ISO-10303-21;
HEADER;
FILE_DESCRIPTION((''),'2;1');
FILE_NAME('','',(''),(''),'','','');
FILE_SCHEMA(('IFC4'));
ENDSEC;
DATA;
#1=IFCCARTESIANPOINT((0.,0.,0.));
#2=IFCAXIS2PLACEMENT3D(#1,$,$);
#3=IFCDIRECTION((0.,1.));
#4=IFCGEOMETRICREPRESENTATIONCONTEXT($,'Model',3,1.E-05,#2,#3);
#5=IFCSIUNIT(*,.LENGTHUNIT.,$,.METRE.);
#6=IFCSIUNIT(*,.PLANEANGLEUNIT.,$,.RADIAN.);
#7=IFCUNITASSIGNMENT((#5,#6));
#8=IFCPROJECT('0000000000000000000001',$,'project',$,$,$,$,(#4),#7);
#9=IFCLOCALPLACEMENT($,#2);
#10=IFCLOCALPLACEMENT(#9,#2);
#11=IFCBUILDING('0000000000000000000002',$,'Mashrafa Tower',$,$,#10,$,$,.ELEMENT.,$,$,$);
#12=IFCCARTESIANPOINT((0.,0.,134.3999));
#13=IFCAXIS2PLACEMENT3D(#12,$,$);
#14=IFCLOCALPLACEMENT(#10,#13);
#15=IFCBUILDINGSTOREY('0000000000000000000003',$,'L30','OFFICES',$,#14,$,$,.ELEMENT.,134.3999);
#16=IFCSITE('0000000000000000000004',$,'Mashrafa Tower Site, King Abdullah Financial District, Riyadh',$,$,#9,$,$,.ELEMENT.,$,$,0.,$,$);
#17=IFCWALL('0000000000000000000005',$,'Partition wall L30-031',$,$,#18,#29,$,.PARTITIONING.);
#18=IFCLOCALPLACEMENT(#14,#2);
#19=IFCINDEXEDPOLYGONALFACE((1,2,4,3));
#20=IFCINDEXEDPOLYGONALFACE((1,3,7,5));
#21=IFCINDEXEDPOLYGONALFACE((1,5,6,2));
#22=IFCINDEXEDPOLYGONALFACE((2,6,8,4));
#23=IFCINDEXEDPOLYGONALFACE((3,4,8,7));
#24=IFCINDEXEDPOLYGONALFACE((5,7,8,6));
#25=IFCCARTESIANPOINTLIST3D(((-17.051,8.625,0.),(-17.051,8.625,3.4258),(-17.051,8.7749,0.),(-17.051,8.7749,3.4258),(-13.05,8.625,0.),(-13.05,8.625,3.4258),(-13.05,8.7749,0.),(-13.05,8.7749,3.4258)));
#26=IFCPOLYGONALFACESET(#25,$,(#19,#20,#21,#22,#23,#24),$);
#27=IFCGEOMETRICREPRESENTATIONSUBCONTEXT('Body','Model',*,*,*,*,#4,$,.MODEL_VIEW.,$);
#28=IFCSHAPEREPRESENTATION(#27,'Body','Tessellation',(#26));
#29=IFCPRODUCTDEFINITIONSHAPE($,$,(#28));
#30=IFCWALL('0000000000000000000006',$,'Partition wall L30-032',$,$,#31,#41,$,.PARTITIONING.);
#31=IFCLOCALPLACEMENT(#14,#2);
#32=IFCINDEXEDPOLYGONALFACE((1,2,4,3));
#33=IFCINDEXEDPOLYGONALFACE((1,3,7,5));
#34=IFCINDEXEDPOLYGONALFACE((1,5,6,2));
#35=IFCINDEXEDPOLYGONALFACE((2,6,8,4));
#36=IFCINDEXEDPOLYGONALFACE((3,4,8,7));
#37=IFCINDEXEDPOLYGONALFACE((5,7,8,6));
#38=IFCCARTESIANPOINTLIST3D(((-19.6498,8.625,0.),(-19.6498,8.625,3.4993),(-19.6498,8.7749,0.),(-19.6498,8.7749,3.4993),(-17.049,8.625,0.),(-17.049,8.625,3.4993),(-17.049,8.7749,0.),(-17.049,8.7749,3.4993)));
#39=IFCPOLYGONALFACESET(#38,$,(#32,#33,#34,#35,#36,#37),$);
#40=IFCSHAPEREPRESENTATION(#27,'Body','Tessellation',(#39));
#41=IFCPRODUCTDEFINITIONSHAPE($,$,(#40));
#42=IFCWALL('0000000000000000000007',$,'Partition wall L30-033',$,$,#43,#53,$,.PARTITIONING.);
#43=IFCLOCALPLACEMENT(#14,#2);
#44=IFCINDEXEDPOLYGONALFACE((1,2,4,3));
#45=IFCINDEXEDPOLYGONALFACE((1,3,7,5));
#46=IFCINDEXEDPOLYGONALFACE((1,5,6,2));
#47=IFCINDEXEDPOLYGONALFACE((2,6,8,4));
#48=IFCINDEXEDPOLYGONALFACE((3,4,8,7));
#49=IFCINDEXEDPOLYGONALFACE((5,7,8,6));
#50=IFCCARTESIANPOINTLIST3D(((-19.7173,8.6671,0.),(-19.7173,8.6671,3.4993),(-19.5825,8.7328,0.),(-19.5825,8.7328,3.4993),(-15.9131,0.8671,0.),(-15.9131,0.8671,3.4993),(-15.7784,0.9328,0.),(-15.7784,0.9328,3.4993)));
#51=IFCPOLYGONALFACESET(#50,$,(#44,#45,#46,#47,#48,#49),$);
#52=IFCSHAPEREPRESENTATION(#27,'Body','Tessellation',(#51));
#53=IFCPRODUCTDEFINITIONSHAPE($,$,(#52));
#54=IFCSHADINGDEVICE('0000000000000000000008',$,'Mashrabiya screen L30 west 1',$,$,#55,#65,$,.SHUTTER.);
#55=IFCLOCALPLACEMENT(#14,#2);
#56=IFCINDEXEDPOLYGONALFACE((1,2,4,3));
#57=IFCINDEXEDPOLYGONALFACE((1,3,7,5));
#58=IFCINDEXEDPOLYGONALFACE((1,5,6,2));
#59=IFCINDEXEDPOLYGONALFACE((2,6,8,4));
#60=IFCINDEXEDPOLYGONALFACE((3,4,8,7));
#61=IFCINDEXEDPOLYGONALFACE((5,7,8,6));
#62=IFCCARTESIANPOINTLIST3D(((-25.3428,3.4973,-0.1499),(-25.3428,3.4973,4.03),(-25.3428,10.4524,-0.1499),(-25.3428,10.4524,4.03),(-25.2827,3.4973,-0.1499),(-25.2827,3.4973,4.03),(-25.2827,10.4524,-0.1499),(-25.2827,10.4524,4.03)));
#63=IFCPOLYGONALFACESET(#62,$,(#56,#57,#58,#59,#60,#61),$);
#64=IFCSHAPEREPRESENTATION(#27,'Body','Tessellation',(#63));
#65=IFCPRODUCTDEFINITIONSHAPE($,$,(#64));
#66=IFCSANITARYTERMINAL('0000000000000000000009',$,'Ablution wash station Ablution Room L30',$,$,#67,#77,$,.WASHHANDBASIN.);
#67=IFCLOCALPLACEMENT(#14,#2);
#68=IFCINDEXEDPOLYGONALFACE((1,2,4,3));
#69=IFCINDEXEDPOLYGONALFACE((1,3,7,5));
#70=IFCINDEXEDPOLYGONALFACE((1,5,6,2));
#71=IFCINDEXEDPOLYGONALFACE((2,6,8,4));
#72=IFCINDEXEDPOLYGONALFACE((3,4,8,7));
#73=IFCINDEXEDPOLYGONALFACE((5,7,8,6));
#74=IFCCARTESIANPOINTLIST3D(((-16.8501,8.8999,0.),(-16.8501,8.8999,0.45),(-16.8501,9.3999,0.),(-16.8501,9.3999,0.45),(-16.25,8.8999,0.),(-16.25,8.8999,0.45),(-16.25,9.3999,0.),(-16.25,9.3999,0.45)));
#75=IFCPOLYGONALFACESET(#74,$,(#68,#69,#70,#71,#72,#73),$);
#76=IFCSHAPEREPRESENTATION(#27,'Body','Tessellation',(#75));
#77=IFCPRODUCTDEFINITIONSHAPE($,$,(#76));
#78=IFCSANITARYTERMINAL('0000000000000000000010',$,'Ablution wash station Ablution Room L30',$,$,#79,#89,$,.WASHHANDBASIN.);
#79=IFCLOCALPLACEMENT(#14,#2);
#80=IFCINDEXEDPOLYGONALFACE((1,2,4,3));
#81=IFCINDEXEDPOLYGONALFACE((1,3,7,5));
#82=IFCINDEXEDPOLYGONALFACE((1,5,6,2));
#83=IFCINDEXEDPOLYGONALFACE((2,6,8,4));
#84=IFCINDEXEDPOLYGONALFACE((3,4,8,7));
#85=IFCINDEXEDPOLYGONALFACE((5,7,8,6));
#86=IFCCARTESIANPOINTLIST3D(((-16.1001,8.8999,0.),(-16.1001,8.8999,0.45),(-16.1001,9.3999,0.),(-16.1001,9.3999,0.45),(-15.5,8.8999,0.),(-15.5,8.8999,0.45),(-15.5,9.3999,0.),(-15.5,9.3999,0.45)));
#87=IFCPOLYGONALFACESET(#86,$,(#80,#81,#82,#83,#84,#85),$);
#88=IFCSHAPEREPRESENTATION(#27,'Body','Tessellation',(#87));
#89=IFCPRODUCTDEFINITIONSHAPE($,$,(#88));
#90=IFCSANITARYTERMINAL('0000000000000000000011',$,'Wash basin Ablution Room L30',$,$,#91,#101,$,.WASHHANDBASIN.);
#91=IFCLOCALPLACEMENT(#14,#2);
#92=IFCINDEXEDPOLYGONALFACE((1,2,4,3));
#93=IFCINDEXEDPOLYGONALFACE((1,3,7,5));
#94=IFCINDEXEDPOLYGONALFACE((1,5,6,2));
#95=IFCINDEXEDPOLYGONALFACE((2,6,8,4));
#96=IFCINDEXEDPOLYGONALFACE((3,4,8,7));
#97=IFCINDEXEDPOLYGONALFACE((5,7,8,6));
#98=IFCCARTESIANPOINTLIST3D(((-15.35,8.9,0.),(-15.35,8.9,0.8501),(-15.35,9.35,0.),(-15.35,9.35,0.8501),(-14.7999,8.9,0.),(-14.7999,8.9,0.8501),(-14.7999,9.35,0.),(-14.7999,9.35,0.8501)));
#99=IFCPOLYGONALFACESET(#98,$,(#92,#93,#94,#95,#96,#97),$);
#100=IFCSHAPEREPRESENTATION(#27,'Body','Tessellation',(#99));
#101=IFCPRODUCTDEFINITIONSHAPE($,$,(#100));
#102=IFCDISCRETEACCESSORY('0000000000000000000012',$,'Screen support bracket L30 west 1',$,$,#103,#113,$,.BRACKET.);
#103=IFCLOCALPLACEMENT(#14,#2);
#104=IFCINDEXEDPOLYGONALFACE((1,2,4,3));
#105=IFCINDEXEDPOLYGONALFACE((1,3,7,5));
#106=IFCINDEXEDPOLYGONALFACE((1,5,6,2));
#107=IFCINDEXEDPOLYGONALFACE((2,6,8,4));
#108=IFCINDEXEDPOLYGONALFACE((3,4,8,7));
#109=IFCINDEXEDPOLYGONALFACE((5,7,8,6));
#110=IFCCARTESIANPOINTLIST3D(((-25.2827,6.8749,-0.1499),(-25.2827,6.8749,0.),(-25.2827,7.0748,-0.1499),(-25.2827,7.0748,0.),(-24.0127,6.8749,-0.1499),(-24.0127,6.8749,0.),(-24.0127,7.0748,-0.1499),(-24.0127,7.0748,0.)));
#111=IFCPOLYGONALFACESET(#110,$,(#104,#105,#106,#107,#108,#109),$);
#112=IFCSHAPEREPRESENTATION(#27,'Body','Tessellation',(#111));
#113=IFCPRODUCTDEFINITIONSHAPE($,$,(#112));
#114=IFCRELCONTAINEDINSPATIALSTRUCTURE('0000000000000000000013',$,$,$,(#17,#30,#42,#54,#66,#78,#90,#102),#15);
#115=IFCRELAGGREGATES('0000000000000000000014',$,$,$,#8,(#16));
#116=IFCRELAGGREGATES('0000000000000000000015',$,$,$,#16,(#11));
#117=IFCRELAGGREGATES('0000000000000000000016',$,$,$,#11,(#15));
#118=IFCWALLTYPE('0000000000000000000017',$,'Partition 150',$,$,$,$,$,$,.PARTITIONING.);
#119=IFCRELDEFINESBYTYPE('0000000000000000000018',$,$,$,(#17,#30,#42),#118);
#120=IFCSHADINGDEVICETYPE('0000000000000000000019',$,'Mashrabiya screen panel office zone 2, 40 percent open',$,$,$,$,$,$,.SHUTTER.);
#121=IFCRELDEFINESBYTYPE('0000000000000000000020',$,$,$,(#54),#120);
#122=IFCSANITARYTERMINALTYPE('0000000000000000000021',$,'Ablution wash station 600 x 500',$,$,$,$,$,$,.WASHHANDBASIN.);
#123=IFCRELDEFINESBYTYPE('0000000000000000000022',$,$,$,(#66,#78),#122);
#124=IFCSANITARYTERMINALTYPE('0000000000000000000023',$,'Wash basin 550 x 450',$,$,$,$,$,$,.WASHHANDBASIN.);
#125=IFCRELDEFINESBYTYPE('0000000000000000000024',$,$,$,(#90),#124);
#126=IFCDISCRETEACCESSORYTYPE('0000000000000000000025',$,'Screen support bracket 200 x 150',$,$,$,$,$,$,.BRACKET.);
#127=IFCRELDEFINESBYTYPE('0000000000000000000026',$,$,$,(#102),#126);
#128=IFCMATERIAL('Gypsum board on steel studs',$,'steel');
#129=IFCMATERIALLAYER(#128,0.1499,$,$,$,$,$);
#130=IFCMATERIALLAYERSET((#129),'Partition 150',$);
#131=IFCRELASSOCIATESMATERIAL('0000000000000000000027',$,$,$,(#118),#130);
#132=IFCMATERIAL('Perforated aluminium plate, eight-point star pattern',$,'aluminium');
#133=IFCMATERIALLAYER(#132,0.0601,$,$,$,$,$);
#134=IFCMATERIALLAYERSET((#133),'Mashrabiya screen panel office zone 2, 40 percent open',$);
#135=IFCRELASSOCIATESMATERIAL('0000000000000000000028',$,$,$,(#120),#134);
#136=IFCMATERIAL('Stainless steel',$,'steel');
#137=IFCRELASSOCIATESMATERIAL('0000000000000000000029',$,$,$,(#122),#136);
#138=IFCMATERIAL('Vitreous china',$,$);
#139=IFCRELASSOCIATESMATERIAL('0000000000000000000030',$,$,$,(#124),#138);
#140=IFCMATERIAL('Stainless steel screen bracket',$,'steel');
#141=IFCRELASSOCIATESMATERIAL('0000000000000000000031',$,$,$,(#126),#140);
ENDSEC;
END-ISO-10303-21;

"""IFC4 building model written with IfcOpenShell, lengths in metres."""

from ifc_helpers import new_model, si_unit, direction, frame, frame_2d, origin, origin_2d, place, context, subcontext, project, spatial, rectangle, extrude, source, transform, mapped, material, layer, layer_set, type_object, type_shapes, element, save


model = new_model("IFC4")

# Units and contexts
model_context = context("Model", 3, precision=1e-05, world=origin(), true_north=direction((0.0, 1.0)))
body_context = subcontext(model_context, "Body", "Model", "MODEL_VIEW")
ifc_project = project(units=[si_unit("LENGTHUNIT", "METRE"), si_unit("PLANEANGLEUNIT", "RADIAN")], contexts=[model_context])

# Site, building, storey
site_placement = place(None, origin())
site = spatial("IfcSite", under=ifc_project, at=site_placement, Name="Mashrafa Tower Site, King Abdullah Financial District, Riyadh", CompositionType="ELEMENT", RefElevation=0.0)
building_placement = place(site_placement, origin())
building = spatial("IfcBuilding", under=site, at=building_placement, Name="Mashrafa Tower", CompositionType="ELEMENT")
storey_placement = place(building_placement, frame((0.0, 0.0, 134.3999)))
storey = spatial("IfcBuildingStorey", under=building, at=storey_placement, Name="L30", Description="OFFICES", CompositionType="ELEMENT", Elevation=134.3999)

# Walls
ifc_material_1 = material(Name="Gypsum board on steel studs", Category="steel")
ifc_layer_1 = layer(ifc_material_1, 0.1499)
ifc_layer_set_1 = layer_set([ifc_layer_1], Name="Partition 150")
wall_type_1 = type_object("IfcWallType", Name="Partition 150", PredefinedType="PARTITIONING", material=ifc_layer_set_1)
wall_1_placement = place(storey_placement, frame((-13.05, 8.7, 0.0), z_axis=(0.0, 0.0, 1.0), x_axis=(-1.0, 0.0, 0.0)))
element("IfcWall", 1, at=wall_1_placement, inside=storey, type_object=wall_type_1, Name="Partition wall L30-031", PredefinedType="PARTITIONING", context=body_context, shape_type="SweptSolid", body=[
    extrude(rectangle(XDim=4.001, YDim=0.1499, at=frame_2d((2.0005, 0.0))), origin(), (0.0, 0.0, 1.0), 3.4258),
])
wall_2_placement = place(storey_placement, frame((-17.0491, 8.7, 0.0), z_axis=(0.0, 0.0, 1.0), x_axis=(-1.0, 0.0, 0.0)))
element("IfcWall", 2, at=wall_2_placement, inside=storey, type_object=wall_type_1, Name="Partition wall L30-032", PredefinedType="PARTITIONING", context=body_context, shape_type="SweptSolid", body=[
    extrude(rectangle(XDim=2.6008, YDim=0.1499, at=frame_2d((1.3003, 0.0))), origin(), (0.0, 0.0, 1.0), 3.4993),
])
wall_3_placement = place(storey_placement, frame((-19.6499, 8.7, 0.0), z_axis=(0.0, 0.0, 1.0), x_axis=(0.438358, -0.8988, 0.0)))
element("IfcWall", 3, at=wall_3_placement, inside=storey, type_object=wall_type_1, Name="Partition wall L30-033", PredefinedType="PARTITIONING", context=body_context, shape_type="SweptSolid", body=[
    extrude(rectangle(XDim=8.6782, YDim=0.1499, at=frame_2d((4.3391, 0.0))), origin(), (0.0, 0.0, 1.0), 3.4993),
])

# Shading device
ifc_material_2 = material(Name="Perforated aluminium plate, eight-point star pattern", Category="aluminium")
ifc_layer_2 = layer(ifc_material_2, 0.0601)
ifc_layer_set_2 = layer_set([ifc_layer_2], Name="Mashrabiya screen panel office zone 2, 40 percent open")
shading_device_type = type_object("IfcShadingDeviceType", Name="Mashrabiya screen panel office zone 2, 40 percent open", PredefinedType="SHUTTER", material=ifc_layer_set_2)
shared_shape_1 = source(origin(), body_context, "Body", "SweptSolid", [
    extrude(rectangle(XDim=6.9551, YDim=0.0601, at=origin_2d()), origin(), (0.0, 0.0, 1.0), 4.1799),
])
type_shapes(shading_device_type, [shared_shape_1])
shading_device_placement = place(storey_placement, frame((-25.3127, 6.9749, -0.1499), z_axis=(0.0, 0.0, 1.0), x_axis=(0.0, -1.0, 0.0)))
element("IfcShadingDevice", 4, at=shading_device_placement, inside=storey, type_object=shading_device_type, Name="Mashrabiya screen L30 west 1", PredefinedType="SHUTTER", context=body_context, shape_type="MappedRepresentation", body=[
    mapped(shared_shape_1, transform((0.0, 0.0, 0.0))),
])

# Sanitary terminals
ifc_material_3 = material(Name="Stainless steel", Category="steel")
sanitary_terminal_type_1 = type_object("IfcSanitaryTerminalType", Name="Ablution wash station 600 x 500", PredefinedType="WASHHANDBASIN", material=ifc_material_3)
for number, where, z_axis, x_axis, name in (
    (5, (-16.55, 9.1499, 0.0), (0.0, 0.0, 1.0), (1.0, 0.0, 0.0), "Ablution wash station Ablution Room L30"),
    (6, (-15.8, 9.1499, 0.0), (0.0, 0.0, 1.0), (1.0, 0.0, 0.0), "Ablution wash station Ablution Room L30"),
):
    element("IfcSanitaryTerminal", number, at=place(storey_placement, frame(where, z_axis=z_axis, x_axis=x_axis)), inside=storey, type_object=sanitary_terminal_type_1, Name=name, PredefinedType="WASHHANDBASIN", context=body_context, shape_type="SweptSolid", body=[
        extrude(rectangle(XDim=0.6001, YDim=0.5, at=origin_2d()), origin(), (0.0, 0.0, 1.0), 0.45),
    ])
ifc_material_4 = material(Name="Vitreous china")
sanitary_terminal_type_2 = type_object("IfcSanitaryTerminalType", Name="Wash basin 550 x 450", PredefinedType="WASHHANDBASIN", material=ifc_material_4)
sanitary_terminal_placement = place(storey_placement, frame((-15.075, 9.125, 0.0), z_axis=(0.0, 0.0, 1.0), x_axis=(1.0, 0.0, 0.0)))
element("IfcSanitaryTerminal", 7, at=sanitary_terminal_placement, inside=storey, type_object=sanitary_terminal_type_2, Name="Wash basin Ablution Room L30", PredefinedType="WASHHANDBASIN", context=body_context, shape_type="SweptSolid", body=[
    extrude(rectangle(XDim=0.55, YDim=0.45, at=origin_2d()), origin(), (0.0, 0.0, 1.0), 0.8501),
])

# Discrete accessory
ifc_material_5 = material(Name="Stainless steel screen bracket", Category="steel")
discrete_accessory_type = type_object("IfcDiscreteAccessoryType", Name="Screen support bracket 200 x 150", PredefinedType="BRACKET", material=ifc_material_5)
shared_shape_2 = source(origin(), body_context, "Body", "SweptSolid", [
    extrude(rectangle(XDim=0.2, YDim=1.27, at=origin_2d()), origin(), (0.0, 0.0, 1.0), 0.1499),
])
type_shapes(discrete_accessory_type, [shared_shape_2])
discrete_accessory_placement = place(storey_placement, frame((-24.6477, 6.9749, -0.1499), z_axis=(0.0, 0.0, 1.0), x_axis=(0.0, -1.0, 0.0)))
element("IfcDiscreteAccessory", 8, at=discrete_accessory_placement, inside=storey, type_object=discrete_accessory_type, Name="Screen support bracket L30 west 1", PredefinedType="BRACKET", context=body_context, shape_type="MappedRepresentation", body=[
    mapped(shared_shape_2, transform((0.0, 0.0, 0.0))),
])

save(model, "model.ifc")
